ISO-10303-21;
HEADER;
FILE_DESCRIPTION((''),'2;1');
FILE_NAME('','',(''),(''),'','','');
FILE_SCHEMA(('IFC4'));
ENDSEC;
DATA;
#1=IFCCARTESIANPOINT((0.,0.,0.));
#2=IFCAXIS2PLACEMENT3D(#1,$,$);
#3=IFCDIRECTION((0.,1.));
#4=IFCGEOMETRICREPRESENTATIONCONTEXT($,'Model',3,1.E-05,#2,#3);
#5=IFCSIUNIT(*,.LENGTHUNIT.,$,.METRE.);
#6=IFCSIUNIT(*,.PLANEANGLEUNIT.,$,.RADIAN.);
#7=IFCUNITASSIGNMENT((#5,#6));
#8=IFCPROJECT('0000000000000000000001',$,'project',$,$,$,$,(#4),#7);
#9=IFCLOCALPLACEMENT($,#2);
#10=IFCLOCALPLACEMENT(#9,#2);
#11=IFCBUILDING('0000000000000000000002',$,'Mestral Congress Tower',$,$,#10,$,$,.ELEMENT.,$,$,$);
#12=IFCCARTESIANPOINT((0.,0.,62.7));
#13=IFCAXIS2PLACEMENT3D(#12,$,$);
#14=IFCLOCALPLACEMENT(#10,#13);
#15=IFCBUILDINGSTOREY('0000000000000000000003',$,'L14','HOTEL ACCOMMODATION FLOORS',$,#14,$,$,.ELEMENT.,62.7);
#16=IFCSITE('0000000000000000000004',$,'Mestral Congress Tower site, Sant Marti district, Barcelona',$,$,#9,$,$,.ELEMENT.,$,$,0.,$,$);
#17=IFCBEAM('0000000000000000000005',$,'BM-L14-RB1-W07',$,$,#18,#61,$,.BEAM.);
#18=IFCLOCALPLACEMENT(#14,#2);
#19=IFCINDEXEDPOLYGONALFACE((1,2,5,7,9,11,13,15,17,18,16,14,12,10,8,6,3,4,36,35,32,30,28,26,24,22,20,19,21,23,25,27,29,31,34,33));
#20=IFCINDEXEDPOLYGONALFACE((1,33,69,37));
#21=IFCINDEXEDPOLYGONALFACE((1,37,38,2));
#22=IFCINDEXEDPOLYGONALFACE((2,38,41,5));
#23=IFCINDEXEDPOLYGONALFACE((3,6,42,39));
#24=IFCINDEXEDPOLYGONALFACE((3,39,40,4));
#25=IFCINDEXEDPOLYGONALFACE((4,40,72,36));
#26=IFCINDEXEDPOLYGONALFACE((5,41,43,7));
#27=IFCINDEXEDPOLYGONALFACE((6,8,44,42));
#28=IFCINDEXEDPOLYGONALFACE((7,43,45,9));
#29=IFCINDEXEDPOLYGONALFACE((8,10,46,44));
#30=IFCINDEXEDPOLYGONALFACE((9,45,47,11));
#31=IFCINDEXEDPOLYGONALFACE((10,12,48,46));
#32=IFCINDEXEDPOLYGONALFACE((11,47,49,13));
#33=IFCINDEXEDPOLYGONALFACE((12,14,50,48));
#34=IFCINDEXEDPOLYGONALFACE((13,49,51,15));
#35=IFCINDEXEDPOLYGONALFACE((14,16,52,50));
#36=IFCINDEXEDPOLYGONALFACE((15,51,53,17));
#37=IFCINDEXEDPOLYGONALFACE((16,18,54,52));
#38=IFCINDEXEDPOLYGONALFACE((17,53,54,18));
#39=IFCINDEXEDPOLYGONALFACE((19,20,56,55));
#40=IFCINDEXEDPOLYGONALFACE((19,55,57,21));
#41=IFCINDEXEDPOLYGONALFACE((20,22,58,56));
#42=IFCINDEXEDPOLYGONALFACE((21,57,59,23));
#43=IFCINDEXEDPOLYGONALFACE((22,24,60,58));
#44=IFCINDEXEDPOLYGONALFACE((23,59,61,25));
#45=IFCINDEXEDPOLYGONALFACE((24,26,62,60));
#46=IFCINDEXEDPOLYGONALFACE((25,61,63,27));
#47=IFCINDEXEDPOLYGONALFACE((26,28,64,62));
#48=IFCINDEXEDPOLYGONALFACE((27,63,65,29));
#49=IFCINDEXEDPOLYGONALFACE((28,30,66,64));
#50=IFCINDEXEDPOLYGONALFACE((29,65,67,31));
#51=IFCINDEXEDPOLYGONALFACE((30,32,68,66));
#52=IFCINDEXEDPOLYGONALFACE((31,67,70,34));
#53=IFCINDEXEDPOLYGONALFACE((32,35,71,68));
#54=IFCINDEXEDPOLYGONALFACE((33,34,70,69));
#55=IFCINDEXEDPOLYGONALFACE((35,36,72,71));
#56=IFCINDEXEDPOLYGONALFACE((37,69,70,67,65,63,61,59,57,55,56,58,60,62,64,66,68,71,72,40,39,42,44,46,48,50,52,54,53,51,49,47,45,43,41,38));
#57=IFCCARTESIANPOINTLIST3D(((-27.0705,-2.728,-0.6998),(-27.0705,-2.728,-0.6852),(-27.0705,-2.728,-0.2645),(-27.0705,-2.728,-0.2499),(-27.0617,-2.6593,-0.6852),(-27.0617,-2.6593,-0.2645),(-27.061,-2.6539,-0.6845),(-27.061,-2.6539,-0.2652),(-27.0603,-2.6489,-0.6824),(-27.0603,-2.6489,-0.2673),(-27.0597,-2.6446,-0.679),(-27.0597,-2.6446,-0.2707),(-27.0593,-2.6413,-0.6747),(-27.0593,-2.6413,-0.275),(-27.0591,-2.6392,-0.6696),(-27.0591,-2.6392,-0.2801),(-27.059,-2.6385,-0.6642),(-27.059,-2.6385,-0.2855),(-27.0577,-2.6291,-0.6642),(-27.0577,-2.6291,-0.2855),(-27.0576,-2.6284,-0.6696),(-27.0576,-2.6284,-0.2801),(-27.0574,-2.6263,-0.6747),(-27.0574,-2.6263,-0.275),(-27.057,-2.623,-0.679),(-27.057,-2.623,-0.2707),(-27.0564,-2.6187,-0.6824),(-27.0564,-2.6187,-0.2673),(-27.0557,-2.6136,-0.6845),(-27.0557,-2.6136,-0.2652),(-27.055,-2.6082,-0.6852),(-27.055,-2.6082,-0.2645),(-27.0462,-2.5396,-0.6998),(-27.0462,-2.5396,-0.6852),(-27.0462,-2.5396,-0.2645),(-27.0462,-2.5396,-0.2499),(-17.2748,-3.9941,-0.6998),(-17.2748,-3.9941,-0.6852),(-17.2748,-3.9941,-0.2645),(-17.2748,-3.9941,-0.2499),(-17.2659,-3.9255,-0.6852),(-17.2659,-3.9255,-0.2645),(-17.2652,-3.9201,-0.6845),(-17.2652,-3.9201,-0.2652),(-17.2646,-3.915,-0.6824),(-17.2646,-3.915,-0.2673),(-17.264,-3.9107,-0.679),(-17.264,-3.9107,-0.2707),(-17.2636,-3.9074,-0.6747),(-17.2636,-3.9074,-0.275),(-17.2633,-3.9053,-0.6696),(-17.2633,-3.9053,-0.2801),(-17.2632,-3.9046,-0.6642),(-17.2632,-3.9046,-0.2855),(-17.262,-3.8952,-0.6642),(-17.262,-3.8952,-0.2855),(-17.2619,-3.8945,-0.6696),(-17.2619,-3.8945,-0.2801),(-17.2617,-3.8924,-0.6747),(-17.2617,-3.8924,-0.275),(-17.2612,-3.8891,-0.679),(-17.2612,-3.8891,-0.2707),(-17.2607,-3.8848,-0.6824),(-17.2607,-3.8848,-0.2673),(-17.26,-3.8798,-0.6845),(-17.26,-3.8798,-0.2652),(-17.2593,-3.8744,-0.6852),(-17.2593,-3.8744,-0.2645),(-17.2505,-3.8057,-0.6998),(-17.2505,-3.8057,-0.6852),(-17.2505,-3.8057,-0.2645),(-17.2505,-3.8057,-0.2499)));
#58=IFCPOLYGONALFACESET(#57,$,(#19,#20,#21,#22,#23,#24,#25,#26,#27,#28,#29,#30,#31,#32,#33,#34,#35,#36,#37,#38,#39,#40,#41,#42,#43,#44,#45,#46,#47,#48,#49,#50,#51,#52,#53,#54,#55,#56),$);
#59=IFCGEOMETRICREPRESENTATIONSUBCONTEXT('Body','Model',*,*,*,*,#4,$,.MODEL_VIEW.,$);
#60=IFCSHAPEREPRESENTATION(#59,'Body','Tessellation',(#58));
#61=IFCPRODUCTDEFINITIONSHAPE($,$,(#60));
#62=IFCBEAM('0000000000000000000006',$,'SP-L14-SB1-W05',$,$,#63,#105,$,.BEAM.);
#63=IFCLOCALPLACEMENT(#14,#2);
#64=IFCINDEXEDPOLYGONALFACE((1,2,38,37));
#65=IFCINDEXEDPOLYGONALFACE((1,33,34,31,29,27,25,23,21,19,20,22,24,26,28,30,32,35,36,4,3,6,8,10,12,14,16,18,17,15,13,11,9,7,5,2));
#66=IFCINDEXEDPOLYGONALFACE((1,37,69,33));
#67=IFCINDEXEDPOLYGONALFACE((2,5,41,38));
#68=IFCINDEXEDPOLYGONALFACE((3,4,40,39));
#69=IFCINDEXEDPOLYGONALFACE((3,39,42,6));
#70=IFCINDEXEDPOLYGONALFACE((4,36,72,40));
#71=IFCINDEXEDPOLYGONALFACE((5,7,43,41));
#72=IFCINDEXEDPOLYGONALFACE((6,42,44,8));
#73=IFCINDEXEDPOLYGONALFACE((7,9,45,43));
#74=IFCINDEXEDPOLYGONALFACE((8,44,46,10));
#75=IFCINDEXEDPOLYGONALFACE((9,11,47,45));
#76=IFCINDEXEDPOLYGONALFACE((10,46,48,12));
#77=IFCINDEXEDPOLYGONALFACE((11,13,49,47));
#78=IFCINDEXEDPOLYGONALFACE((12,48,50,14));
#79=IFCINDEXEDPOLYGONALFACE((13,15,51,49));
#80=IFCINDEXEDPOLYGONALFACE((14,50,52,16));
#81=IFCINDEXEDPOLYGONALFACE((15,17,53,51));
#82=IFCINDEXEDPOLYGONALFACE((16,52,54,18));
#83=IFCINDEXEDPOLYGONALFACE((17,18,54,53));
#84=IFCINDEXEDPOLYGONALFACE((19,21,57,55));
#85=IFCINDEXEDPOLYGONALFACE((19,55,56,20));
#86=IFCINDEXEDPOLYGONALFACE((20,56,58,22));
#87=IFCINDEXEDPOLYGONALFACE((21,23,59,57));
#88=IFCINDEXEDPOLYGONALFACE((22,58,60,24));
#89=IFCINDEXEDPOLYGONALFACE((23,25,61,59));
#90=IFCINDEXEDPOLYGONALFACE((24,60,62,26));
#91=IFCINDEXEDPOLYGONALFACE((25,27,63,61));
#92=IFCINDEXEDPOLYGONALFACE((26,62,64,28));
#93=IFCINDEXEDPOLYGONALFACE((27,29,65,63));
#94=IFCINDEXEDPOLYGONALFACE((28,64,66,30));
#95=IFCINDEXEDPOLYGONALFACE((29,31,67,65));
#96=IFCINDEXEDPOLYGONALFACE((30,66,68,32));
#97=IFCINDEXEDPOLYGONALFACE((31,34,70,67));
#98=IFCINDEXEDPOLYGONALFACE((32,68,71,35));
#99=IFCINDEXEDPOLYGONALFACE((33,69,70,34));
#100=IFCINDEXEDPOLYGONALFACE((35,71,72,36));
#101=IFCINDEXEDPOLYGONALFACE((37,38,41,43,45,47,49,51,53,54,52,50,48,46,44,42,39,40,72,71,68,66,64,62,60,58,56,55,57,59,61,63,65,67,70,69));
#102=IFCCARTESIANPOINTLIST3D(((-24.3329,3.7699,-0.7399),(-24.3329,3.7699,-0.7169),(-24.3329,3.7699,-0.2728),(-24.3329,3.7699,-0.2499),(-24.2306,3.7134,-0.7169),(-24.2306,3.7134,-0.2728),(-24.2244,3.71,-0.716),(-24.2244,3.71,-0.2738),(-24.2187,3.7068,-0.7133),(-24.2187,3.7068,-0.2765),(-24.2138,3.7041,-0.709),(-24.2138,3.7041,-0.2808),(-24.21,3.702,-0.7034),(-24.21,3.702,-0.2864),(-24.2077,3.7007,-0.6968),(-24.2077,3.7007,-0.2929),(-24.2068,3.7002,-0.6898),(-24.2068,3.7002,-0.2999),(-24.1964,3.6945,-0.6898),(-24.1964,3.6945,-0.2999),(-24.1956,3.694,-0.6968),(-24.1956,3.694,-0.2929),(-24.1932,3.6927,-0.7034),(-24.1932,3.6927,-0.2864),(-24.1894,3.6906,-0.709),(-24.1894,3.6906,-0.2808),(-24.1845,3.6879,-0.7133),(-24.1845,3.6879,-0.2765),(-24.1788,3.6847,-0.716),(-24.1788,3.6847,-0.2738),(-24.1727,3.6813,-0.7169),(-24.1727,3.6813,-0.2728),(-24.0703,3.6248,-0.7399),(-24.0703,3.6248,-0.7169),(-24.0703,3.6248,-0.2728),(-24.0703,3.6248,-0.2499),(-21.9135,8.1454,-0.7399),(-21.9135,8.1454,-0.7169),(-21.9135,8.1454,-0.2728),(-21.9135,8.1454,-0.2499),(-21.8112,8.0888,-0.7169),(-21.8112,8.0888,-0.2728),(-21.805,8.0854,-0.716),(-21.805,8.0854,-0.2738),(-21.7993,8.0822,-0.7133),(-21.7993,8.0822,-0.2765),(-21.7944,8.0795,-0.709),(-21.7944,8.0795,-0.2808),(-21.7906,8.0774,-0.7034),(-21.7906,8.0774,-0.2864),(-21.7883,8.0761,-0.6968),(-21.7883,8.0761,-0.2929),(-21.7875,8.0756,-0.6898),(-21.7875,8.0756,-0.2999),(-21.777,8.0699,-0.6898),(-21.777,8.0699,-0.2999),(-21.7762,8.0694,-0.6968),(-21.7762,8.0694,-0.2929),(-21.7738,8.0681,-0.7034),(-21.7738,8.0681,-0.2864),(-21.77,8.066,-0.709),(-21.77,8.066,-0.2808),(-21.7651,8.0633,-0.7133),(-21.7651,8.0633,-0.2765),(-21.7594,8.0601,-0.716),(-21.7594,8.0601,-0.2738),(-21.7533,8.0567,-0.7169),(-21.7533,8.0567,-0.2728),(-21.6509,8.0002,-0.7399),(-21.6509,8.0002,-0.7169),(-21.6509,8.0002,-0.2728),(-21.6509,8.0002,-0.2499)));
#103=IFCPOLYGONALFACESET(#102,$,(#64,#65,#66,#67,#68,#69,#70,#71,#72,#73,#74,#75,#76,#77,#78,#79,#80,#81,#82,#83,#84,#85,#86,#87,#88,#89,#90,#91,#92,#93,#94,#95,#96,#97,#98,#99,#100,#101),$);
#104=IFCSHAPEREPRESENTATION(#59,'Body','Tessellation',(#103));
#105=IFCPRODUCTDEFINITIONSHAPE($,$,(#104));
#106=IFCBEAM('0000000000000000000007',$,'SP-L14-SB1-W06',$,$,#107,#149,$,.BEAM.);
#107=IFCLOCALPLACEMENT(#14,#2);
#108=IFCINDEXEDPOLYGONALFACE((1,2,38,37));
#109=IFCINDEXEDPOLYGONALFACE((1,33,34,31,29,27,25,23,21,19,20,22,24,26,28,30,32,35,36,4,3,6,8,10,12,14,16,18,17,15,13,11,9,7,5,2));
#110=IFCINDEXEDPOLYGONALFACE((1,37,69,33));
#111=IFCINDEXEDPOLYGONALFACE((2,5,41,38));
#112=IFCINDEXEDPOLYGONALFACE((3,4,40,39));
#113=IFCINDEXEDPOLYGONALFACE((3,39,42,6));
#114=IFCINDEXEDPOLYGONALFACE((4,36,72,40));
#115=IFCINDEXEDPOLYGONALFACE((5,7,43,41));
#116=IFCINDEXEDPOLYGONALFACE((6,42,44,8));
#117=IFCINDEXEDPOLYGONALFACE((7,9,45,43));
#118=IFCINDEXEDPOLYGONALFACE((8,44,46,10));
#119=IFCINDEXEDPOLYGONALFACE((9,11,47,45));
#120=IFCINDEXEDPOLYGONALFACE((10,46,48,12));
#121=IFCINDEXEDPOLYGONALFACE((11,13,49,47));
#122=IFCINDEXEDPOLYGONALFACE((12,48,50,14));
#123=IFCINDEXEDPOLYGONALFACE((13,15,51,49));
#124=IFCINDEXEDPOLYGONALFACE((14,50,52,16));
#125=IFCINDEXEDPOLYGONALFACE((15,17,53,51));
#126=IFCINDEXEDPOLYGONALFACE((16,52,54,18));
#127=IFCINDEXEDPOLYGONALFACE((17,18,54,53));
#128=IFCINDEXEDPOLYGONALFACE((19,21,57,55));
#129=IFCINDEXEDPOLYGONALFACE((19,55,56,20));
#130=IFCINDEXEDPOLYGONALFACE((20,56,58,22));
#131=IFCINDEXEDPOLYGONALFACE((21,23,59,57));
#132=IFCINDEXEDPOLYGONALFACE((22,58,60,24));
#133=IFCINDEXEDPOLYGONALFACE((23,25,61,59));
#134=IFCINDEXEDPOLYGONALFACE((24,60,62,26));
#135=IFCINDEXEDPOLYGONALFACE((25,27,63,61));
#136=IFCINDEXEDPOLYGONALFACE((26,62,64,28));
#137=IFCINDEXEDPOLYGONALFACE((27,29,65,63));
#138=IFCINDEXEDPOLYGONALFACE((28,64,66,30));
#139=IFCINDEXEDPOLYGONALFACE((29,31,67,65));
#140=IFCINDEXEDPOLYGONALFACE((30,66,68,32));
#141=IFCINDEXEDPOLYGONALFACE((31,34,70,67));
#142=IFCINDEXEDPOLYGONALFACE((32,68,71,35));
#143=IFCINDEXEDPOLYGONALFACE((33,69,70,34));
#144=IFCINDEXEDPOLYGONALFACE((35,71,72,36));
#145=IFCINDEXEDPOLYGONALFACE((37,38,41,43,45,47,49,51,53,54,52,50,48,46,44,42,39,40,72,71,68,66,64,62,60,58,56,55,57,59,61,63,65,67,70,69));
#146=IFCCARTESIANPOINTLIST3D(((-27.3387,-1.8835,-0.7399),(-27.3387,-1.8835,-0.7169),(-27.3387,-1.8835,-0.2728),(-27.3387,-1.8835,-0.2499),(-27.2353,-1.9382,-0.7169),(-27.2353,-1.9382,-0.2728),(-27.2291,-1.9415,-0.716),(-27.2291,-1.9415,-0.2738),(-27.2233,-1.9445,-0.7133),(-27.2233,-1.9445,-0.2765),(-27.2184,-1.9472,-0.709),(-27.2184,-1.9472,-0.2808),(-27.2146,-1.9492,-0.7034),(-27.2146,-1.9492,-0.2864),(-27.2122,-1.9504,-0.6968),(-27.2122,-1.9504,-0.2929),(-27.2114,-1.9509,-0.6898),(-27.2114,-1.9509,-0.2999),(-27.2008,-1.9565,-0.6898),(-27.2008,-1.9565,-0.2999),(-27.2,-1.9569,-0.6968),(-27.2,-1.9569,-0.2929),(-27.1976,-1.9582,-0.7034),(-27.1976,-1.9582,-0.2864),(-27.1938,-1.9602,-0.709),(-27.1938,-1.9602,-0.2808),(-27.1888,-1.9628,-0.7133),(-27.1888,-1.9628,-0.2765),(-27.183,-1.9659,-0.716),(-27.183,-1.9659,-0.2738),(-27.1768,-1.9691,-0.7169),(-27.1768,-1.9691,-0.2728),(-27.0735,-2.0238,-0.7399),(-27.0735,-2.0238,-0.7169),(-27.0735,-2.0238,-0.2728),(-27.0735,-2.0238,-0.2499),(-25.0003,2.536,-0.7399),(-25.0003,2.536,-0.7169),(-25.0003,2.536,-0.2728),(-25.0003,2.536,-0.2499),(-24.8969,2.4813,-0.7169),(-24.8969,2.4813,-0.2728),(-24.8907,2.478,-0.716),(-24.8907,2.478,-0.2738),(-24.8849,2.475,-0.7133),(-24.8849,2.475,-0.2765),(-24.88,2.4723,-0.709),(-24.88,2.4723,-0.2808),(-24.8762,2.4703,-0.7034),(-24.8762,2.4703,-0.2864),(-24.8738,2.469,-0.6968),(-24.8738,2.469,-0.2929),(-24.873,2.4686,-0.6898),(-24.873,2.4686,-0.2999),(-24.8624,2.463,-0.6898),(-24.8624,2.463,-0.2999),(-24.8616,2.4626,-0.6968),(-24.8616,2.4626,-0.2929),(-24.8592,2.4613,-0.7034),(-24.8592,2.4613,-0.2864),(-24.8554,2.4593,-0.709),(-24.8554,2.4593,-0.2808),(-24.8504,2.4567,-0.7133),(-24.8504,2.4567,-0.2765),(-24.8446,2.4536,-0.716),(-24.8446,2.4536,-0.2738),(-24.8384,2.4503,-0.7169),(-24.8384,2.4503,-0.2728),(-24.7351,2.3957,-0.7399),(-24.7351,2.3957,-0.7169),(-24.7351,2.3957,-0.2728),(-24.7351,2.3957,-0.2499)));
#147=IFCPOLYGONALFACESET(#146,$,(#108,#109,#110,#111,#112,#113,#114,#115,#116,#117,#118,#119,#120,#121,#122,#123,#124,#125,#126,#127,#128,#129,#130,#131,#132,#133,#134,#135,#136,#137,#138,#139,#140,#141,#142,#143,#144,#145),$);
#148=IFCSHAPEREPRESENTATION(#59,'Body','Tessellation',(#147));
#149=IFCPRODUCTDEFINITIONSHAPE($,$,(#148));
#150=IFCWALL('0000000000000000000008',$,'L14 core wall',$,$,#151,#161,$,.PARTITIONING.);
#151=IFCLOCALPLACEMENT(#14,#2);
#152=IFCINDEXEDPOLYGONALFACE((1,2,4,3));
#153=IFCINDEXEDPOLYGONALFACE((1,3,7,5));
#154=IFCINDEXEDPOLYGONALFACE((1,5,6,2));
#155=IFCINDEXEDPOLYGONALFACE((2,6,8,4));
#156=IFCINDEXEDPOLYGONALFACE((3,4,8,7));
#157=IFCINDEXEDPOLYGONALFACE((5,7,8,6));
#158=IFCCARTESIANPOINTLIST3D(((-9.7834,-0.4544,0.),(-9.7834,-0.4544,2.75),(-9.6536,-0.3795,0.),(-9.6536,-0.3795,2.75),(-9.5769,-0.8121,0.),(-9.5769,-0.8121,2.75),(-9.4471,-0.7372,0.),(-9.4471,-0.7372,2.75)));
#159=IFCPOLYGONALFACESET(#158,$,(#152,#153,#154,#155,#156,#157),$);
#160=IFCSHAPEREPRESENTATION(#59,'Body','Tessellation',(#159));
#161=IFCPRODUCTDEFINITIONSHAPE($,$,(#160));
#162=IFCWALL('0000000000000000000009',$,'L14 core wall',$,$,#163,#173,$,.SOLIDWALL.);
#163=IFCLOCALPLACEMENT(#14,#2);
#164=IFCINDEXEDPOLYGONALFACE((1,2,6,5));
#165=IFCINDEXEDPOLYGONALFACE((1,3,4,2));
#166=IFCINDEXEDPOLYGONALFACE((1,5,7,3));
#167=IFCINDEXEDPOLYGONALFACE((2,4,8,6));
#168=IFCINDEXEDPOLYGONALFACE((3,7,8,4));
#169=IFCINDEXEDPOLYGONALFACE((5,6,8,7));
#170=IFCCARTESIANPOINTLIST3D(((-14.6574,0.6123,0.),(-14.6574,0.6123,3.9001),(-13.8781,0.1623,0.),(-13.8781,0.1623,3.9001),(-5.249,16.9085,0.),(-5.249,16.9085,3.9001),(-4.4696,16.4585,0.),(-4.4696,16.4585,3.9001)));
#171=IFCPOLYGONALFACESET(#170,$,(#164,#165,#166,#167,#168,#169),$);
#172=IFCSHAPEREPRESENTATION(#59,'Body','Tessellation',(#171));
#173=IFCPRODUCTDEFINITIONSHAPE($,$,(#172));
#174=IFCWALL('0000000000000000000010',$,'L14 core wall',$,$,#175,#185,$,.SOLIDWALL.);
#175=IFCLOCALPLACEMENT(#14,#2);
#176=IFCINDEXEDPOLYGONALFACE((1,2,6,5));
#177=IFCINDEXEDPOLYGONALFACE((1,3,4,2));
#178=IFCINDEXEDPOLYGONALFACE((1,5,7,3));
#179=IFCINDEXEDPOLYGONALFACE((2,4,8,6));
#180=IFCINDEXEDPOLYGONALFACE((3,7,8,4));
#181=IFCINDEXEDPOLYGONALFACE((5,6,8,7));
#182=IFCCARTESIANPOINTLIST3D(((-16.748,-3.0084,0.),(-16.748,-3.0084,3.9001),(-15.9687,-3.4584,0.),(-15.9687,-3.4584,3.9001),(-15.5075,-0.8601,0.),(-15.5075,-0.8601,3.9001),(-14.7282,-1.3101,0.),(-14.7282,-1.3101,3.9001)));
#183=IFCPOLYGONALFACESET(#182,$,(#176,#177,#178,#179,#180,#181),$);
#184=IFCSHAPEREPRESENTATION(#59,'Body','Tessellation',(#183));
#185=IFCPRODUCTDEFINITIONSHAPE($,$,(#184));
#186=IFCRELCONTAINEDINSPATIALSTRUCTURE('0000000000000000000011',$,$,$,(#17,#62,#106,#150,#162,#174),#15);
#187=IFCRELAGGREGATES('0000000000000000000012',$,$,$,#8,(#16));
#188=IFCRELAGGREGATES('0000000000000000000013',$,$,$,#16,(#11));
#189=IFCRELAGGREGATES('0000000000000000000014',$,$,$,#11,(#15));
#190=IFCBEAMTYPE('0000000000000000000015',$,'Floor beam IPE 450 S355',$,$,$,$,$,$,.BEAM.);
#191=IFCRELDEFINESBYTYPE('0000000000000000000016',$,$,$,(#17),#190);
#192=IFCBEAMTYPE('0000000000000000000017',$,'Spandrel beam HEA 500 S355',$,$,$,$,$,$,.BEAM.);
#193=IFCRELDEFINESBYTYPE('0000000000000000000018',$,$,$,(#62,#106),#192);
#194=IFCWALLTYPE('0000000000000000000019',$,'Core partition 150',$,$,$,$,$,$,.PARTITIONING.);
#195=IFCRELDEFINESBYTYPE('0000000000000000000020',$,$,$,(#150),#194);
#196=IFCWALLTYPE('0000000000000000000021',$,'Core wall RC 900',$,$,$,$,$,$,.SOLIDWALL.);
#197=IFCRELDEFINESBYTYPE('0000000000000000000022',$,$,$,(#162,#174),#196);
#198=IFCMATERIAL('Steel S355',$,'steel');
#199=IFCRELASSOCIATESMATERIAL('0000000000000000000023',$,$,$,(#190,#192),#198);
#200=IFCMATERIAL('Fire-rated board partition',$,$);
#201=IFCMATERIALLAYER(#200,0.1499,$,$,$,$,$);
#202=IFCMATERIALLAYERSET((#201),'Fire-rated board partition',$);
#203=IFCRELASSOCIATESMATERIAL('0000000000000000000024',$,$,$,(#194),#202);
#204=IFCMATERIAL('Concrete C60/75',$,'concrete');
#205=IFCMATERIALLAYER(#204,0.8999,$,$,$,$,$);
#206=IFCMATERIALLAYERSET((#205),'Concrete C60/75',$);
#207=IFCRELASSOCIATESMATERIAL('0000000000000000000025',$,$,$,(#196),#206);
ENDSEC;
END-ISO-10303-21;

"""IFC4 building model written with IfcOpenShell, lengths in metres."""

from ifc_helpers import new_model, si_unit, direction, frame, frame_2d, origin, origin_2d, place, context, subcontext, project, spatial, rectangle, i_section, extrude, material, layer, layer_set, material_profile, profile_set, type_object, element, save


model = new_model("IFC4")

# Units and contexts
model_context = context("Model", 3, precision=1e-05, world=origin(), true_north=direction((0.0, 1.0)))
body_context = subcontext(model_context, "Body", "Model", "MODEL_VIEW")
ifc_project = project(units=[si_unit("LENGTHUNIT", "METRE"), si_unit("PLANEANGLEUNIT", "RADIAN")], contexts=[model_context])

# Site, building, storey
site_placement = place(None, origin())
site = spatial("IfcSite", under=ifc_project, at=site_placement, Name="Mestral Congress Tower site, Sant Marti district, Barcelona", CompositionType="ELEMENT", RefElevation=0.0)
building_placement = place(site_placement, origin())
building = spatial("IfcBuilding", under=site, at=building_placement, Name="Mestral Congress Tower", CompositionType="ELEMENT")
storey_placement = place(building_placement, frame((0.0, 0.0, 62.7)))
storey = spatial("IfcBuildingStorey", under=building, at=storey_placement, Name="L14", Description="HOTEL ACCOMMODATION FLOORS", CompositionType="ELEMENT", Elevation=62.7)

# Beams
ifc_material_1 = material(Name="Steel S355", Category="steel")
ifc_material_profile_1 = material_profile(ifc_material_1, i_section(OverallWidth=0.1899, OverallDepth=0.45, WebThickness=0.0095, FlangeThickness=0.0146, FilletRadius=0.021, at=origin_2d()), Name="IPE 450")
ifc_profile_set_1 = profile_set([ifc_material_profile_1], Name="Steel S355")
beam_type_1 = type_object("IfcBeamType", Name="Floor beam IPE 450 S355", PredefinedType="BEAM", material=ifc_profile_set_1)
beam_1_placement = place(storey_placement, frame((-27.0583, -2.6338, -0.4749), z_axis=(0.99175, -0.128186, 0.0), x_axis=(0.128186, 0.99175, 0.0)))
element("IfcBeam", 1, at=beam_1_placement, inside=storey, type_object=beam_type_1, Name="BM-L14-RB1-W07", PredefinedType="BEAM", context=body_context, shape_type="SweptSolid", body=[
    extrude(i_section(OverallWidth=0.1899, OverallDepth=0.45, WebThickness=0.0095, FlangeThickness=0.0146, FilletRadius=0.021, at=origin_2d()), origin(), (0.0, 0.0, 1.0), 9.8772),
])
ifc_material_profile_2 = material_profile(ifc_material_1, i_section(OverallWidth=0.3, OverallDepth=0.49, WebThickness=0.012, FlangeThickness=0.0229, FilletRadius=0.0271, at=origin_2d()), Name="HEA 500")
ifc_profile_set_2 = profile_set([ifc_material_profile_2], Name="Steel S355")
beam_type_2 = type_object("IfcBeamType", Name="Spandrel beam HEA 500 S355", PredefinedType="BEAM", material=ifc_profile_set_2)
beam_2_placement = place(storey_placement, frame((-21.7822, 8.0728, -0.4949), z_axis=(-0.483901, -0.875123, 0.0), x_axis=(0.875123, -0.483901, 0.0)))
element("IfcBeam", 2, at=beam_2_placement, inside=storey, type_object=beam_type_2, Name="SP-L14-SB1-W05", PredefinedType="BEAM", context=body_context, shape_type="SweptSolid", body=[
    extrude(i_section(OverallWidth=0.3, OverallDepth=0.49, WebThickness=0.012, FlangeThickness=0.0229, FilletRadius=0.0271, at=origin_2d()), origin(), (0.0, 0.0, 1.0), 4.9998),
])
beam_3_placement = place(storey_placement, frame((-24.8677, 2.4658, -0.4949), z_axis=(-0.467681, -0.883897, 0.0), x_axis=(0.883897, -0.467681, 0.0)))
element("IfcBeam", 3, at=beam_3_placement, inside=storey, type_object=beam_type_2, Name="SP-L14-SB1-W06", PredefinedType="BEAM", context=body_context, shape_type="SweptSolid", body=[
    extrude(i_section(OverallWidth=0.3, OverallDepth=0.49, WebThickness=0.012, FlangeThickness=0.0229, FilletRadius=0.0271, at=origin_2d()), origin(), (0.0, 0.0, 1.0), 5.0),
])

# Walls
ifc_material_2 = material(Name="Fire-rated board partition")
ifc_layer_1 = layer(ifc_material_2, 0.1499)
ifc_layer_set_1 = layer_set([ifc_layer_1], Name="Fire-rated board partition")
wall_type_1 = type_object("IfcWallType", Name="Core partition 150", PredefinedType="PARTITIONING", material=ifc_layer_set_1)
wall_1_placement = place(storey_placement, frame((-9.512, -0.7747, 0.0), z_axis=(0.0, 0.0, 1.0), x_axis=(-0.500081, 0.865979, 0.0)))
element("IfcWall", 4, at=wall_1_placement, inside=storey, type_object=wall_type_1, Name="L14 core wall", PredefinedType="PARTITIONING", context=body_context, shape_type="SweptSolid", body=[
    extrude(rectangle(XDim=0.4131, YDim=0.1499, at=frame_2d((0.2065, 0.0))), origin(), (0.0, 0.0, 1.0), 2.75),
])
ifc_material_3 = material(Name="Concrete C60/75", Category="concrete")
ifc_layer_2 = layer(ifc_material_3, 0.8999)
ifc_layer_set_2 = layer_set([ifc_layer_2], Name="Concrete C60/75")
wall_type_2 = type_object("IfcWallType", Name="Core wall RC 900", PredefinedType="SOLIDWALL", material=ifc_layer_set_2)
wall_2_placement = place(storey_placement, frame((-14.2678, 0.3872, 0.0), z_axis=(0.0, 0.0, 1.0), x_axis=(0.499995, 0.866029, 0.0)))
element("IfcWall", 5, at=wall_2_placement, inside=storey, type_object=wall_type_2, Name="L14 core wall", PredefinedType="SOLIDWALL", context=body_context, shape_type="SweptSolid", body=[
    extrude(rectangle(XDim=18.8171, YDim=0.8999, at=frame_2d((9.4087, 0.0))), origin(), (0.0, 0.0, 1.0), 3.9001),
])
wall_3_placement = place(storey_placement, frame((-15.1179, -1.0852, 0.0), z_axis=(0.0, 0.0, 1.0), x_axis=(-0.500066, -0.865987, 0.0)))
element("IfcWall", 6, at=wall_3_placement, inside=storey, type_object=wall_type_2, Name="L14 core wall", PredefinedType="SOLIDWALL", context=body_context, shape_type="SweptSolid", body=[
    extrude(rectangle(XDim=2.4807, YDim=0.8999, at=frame_2d((1.2402, 0.0))), origin(), (0.0, 0.0, 1.0), 3.9001),
])

save(model, "model.ifc")
